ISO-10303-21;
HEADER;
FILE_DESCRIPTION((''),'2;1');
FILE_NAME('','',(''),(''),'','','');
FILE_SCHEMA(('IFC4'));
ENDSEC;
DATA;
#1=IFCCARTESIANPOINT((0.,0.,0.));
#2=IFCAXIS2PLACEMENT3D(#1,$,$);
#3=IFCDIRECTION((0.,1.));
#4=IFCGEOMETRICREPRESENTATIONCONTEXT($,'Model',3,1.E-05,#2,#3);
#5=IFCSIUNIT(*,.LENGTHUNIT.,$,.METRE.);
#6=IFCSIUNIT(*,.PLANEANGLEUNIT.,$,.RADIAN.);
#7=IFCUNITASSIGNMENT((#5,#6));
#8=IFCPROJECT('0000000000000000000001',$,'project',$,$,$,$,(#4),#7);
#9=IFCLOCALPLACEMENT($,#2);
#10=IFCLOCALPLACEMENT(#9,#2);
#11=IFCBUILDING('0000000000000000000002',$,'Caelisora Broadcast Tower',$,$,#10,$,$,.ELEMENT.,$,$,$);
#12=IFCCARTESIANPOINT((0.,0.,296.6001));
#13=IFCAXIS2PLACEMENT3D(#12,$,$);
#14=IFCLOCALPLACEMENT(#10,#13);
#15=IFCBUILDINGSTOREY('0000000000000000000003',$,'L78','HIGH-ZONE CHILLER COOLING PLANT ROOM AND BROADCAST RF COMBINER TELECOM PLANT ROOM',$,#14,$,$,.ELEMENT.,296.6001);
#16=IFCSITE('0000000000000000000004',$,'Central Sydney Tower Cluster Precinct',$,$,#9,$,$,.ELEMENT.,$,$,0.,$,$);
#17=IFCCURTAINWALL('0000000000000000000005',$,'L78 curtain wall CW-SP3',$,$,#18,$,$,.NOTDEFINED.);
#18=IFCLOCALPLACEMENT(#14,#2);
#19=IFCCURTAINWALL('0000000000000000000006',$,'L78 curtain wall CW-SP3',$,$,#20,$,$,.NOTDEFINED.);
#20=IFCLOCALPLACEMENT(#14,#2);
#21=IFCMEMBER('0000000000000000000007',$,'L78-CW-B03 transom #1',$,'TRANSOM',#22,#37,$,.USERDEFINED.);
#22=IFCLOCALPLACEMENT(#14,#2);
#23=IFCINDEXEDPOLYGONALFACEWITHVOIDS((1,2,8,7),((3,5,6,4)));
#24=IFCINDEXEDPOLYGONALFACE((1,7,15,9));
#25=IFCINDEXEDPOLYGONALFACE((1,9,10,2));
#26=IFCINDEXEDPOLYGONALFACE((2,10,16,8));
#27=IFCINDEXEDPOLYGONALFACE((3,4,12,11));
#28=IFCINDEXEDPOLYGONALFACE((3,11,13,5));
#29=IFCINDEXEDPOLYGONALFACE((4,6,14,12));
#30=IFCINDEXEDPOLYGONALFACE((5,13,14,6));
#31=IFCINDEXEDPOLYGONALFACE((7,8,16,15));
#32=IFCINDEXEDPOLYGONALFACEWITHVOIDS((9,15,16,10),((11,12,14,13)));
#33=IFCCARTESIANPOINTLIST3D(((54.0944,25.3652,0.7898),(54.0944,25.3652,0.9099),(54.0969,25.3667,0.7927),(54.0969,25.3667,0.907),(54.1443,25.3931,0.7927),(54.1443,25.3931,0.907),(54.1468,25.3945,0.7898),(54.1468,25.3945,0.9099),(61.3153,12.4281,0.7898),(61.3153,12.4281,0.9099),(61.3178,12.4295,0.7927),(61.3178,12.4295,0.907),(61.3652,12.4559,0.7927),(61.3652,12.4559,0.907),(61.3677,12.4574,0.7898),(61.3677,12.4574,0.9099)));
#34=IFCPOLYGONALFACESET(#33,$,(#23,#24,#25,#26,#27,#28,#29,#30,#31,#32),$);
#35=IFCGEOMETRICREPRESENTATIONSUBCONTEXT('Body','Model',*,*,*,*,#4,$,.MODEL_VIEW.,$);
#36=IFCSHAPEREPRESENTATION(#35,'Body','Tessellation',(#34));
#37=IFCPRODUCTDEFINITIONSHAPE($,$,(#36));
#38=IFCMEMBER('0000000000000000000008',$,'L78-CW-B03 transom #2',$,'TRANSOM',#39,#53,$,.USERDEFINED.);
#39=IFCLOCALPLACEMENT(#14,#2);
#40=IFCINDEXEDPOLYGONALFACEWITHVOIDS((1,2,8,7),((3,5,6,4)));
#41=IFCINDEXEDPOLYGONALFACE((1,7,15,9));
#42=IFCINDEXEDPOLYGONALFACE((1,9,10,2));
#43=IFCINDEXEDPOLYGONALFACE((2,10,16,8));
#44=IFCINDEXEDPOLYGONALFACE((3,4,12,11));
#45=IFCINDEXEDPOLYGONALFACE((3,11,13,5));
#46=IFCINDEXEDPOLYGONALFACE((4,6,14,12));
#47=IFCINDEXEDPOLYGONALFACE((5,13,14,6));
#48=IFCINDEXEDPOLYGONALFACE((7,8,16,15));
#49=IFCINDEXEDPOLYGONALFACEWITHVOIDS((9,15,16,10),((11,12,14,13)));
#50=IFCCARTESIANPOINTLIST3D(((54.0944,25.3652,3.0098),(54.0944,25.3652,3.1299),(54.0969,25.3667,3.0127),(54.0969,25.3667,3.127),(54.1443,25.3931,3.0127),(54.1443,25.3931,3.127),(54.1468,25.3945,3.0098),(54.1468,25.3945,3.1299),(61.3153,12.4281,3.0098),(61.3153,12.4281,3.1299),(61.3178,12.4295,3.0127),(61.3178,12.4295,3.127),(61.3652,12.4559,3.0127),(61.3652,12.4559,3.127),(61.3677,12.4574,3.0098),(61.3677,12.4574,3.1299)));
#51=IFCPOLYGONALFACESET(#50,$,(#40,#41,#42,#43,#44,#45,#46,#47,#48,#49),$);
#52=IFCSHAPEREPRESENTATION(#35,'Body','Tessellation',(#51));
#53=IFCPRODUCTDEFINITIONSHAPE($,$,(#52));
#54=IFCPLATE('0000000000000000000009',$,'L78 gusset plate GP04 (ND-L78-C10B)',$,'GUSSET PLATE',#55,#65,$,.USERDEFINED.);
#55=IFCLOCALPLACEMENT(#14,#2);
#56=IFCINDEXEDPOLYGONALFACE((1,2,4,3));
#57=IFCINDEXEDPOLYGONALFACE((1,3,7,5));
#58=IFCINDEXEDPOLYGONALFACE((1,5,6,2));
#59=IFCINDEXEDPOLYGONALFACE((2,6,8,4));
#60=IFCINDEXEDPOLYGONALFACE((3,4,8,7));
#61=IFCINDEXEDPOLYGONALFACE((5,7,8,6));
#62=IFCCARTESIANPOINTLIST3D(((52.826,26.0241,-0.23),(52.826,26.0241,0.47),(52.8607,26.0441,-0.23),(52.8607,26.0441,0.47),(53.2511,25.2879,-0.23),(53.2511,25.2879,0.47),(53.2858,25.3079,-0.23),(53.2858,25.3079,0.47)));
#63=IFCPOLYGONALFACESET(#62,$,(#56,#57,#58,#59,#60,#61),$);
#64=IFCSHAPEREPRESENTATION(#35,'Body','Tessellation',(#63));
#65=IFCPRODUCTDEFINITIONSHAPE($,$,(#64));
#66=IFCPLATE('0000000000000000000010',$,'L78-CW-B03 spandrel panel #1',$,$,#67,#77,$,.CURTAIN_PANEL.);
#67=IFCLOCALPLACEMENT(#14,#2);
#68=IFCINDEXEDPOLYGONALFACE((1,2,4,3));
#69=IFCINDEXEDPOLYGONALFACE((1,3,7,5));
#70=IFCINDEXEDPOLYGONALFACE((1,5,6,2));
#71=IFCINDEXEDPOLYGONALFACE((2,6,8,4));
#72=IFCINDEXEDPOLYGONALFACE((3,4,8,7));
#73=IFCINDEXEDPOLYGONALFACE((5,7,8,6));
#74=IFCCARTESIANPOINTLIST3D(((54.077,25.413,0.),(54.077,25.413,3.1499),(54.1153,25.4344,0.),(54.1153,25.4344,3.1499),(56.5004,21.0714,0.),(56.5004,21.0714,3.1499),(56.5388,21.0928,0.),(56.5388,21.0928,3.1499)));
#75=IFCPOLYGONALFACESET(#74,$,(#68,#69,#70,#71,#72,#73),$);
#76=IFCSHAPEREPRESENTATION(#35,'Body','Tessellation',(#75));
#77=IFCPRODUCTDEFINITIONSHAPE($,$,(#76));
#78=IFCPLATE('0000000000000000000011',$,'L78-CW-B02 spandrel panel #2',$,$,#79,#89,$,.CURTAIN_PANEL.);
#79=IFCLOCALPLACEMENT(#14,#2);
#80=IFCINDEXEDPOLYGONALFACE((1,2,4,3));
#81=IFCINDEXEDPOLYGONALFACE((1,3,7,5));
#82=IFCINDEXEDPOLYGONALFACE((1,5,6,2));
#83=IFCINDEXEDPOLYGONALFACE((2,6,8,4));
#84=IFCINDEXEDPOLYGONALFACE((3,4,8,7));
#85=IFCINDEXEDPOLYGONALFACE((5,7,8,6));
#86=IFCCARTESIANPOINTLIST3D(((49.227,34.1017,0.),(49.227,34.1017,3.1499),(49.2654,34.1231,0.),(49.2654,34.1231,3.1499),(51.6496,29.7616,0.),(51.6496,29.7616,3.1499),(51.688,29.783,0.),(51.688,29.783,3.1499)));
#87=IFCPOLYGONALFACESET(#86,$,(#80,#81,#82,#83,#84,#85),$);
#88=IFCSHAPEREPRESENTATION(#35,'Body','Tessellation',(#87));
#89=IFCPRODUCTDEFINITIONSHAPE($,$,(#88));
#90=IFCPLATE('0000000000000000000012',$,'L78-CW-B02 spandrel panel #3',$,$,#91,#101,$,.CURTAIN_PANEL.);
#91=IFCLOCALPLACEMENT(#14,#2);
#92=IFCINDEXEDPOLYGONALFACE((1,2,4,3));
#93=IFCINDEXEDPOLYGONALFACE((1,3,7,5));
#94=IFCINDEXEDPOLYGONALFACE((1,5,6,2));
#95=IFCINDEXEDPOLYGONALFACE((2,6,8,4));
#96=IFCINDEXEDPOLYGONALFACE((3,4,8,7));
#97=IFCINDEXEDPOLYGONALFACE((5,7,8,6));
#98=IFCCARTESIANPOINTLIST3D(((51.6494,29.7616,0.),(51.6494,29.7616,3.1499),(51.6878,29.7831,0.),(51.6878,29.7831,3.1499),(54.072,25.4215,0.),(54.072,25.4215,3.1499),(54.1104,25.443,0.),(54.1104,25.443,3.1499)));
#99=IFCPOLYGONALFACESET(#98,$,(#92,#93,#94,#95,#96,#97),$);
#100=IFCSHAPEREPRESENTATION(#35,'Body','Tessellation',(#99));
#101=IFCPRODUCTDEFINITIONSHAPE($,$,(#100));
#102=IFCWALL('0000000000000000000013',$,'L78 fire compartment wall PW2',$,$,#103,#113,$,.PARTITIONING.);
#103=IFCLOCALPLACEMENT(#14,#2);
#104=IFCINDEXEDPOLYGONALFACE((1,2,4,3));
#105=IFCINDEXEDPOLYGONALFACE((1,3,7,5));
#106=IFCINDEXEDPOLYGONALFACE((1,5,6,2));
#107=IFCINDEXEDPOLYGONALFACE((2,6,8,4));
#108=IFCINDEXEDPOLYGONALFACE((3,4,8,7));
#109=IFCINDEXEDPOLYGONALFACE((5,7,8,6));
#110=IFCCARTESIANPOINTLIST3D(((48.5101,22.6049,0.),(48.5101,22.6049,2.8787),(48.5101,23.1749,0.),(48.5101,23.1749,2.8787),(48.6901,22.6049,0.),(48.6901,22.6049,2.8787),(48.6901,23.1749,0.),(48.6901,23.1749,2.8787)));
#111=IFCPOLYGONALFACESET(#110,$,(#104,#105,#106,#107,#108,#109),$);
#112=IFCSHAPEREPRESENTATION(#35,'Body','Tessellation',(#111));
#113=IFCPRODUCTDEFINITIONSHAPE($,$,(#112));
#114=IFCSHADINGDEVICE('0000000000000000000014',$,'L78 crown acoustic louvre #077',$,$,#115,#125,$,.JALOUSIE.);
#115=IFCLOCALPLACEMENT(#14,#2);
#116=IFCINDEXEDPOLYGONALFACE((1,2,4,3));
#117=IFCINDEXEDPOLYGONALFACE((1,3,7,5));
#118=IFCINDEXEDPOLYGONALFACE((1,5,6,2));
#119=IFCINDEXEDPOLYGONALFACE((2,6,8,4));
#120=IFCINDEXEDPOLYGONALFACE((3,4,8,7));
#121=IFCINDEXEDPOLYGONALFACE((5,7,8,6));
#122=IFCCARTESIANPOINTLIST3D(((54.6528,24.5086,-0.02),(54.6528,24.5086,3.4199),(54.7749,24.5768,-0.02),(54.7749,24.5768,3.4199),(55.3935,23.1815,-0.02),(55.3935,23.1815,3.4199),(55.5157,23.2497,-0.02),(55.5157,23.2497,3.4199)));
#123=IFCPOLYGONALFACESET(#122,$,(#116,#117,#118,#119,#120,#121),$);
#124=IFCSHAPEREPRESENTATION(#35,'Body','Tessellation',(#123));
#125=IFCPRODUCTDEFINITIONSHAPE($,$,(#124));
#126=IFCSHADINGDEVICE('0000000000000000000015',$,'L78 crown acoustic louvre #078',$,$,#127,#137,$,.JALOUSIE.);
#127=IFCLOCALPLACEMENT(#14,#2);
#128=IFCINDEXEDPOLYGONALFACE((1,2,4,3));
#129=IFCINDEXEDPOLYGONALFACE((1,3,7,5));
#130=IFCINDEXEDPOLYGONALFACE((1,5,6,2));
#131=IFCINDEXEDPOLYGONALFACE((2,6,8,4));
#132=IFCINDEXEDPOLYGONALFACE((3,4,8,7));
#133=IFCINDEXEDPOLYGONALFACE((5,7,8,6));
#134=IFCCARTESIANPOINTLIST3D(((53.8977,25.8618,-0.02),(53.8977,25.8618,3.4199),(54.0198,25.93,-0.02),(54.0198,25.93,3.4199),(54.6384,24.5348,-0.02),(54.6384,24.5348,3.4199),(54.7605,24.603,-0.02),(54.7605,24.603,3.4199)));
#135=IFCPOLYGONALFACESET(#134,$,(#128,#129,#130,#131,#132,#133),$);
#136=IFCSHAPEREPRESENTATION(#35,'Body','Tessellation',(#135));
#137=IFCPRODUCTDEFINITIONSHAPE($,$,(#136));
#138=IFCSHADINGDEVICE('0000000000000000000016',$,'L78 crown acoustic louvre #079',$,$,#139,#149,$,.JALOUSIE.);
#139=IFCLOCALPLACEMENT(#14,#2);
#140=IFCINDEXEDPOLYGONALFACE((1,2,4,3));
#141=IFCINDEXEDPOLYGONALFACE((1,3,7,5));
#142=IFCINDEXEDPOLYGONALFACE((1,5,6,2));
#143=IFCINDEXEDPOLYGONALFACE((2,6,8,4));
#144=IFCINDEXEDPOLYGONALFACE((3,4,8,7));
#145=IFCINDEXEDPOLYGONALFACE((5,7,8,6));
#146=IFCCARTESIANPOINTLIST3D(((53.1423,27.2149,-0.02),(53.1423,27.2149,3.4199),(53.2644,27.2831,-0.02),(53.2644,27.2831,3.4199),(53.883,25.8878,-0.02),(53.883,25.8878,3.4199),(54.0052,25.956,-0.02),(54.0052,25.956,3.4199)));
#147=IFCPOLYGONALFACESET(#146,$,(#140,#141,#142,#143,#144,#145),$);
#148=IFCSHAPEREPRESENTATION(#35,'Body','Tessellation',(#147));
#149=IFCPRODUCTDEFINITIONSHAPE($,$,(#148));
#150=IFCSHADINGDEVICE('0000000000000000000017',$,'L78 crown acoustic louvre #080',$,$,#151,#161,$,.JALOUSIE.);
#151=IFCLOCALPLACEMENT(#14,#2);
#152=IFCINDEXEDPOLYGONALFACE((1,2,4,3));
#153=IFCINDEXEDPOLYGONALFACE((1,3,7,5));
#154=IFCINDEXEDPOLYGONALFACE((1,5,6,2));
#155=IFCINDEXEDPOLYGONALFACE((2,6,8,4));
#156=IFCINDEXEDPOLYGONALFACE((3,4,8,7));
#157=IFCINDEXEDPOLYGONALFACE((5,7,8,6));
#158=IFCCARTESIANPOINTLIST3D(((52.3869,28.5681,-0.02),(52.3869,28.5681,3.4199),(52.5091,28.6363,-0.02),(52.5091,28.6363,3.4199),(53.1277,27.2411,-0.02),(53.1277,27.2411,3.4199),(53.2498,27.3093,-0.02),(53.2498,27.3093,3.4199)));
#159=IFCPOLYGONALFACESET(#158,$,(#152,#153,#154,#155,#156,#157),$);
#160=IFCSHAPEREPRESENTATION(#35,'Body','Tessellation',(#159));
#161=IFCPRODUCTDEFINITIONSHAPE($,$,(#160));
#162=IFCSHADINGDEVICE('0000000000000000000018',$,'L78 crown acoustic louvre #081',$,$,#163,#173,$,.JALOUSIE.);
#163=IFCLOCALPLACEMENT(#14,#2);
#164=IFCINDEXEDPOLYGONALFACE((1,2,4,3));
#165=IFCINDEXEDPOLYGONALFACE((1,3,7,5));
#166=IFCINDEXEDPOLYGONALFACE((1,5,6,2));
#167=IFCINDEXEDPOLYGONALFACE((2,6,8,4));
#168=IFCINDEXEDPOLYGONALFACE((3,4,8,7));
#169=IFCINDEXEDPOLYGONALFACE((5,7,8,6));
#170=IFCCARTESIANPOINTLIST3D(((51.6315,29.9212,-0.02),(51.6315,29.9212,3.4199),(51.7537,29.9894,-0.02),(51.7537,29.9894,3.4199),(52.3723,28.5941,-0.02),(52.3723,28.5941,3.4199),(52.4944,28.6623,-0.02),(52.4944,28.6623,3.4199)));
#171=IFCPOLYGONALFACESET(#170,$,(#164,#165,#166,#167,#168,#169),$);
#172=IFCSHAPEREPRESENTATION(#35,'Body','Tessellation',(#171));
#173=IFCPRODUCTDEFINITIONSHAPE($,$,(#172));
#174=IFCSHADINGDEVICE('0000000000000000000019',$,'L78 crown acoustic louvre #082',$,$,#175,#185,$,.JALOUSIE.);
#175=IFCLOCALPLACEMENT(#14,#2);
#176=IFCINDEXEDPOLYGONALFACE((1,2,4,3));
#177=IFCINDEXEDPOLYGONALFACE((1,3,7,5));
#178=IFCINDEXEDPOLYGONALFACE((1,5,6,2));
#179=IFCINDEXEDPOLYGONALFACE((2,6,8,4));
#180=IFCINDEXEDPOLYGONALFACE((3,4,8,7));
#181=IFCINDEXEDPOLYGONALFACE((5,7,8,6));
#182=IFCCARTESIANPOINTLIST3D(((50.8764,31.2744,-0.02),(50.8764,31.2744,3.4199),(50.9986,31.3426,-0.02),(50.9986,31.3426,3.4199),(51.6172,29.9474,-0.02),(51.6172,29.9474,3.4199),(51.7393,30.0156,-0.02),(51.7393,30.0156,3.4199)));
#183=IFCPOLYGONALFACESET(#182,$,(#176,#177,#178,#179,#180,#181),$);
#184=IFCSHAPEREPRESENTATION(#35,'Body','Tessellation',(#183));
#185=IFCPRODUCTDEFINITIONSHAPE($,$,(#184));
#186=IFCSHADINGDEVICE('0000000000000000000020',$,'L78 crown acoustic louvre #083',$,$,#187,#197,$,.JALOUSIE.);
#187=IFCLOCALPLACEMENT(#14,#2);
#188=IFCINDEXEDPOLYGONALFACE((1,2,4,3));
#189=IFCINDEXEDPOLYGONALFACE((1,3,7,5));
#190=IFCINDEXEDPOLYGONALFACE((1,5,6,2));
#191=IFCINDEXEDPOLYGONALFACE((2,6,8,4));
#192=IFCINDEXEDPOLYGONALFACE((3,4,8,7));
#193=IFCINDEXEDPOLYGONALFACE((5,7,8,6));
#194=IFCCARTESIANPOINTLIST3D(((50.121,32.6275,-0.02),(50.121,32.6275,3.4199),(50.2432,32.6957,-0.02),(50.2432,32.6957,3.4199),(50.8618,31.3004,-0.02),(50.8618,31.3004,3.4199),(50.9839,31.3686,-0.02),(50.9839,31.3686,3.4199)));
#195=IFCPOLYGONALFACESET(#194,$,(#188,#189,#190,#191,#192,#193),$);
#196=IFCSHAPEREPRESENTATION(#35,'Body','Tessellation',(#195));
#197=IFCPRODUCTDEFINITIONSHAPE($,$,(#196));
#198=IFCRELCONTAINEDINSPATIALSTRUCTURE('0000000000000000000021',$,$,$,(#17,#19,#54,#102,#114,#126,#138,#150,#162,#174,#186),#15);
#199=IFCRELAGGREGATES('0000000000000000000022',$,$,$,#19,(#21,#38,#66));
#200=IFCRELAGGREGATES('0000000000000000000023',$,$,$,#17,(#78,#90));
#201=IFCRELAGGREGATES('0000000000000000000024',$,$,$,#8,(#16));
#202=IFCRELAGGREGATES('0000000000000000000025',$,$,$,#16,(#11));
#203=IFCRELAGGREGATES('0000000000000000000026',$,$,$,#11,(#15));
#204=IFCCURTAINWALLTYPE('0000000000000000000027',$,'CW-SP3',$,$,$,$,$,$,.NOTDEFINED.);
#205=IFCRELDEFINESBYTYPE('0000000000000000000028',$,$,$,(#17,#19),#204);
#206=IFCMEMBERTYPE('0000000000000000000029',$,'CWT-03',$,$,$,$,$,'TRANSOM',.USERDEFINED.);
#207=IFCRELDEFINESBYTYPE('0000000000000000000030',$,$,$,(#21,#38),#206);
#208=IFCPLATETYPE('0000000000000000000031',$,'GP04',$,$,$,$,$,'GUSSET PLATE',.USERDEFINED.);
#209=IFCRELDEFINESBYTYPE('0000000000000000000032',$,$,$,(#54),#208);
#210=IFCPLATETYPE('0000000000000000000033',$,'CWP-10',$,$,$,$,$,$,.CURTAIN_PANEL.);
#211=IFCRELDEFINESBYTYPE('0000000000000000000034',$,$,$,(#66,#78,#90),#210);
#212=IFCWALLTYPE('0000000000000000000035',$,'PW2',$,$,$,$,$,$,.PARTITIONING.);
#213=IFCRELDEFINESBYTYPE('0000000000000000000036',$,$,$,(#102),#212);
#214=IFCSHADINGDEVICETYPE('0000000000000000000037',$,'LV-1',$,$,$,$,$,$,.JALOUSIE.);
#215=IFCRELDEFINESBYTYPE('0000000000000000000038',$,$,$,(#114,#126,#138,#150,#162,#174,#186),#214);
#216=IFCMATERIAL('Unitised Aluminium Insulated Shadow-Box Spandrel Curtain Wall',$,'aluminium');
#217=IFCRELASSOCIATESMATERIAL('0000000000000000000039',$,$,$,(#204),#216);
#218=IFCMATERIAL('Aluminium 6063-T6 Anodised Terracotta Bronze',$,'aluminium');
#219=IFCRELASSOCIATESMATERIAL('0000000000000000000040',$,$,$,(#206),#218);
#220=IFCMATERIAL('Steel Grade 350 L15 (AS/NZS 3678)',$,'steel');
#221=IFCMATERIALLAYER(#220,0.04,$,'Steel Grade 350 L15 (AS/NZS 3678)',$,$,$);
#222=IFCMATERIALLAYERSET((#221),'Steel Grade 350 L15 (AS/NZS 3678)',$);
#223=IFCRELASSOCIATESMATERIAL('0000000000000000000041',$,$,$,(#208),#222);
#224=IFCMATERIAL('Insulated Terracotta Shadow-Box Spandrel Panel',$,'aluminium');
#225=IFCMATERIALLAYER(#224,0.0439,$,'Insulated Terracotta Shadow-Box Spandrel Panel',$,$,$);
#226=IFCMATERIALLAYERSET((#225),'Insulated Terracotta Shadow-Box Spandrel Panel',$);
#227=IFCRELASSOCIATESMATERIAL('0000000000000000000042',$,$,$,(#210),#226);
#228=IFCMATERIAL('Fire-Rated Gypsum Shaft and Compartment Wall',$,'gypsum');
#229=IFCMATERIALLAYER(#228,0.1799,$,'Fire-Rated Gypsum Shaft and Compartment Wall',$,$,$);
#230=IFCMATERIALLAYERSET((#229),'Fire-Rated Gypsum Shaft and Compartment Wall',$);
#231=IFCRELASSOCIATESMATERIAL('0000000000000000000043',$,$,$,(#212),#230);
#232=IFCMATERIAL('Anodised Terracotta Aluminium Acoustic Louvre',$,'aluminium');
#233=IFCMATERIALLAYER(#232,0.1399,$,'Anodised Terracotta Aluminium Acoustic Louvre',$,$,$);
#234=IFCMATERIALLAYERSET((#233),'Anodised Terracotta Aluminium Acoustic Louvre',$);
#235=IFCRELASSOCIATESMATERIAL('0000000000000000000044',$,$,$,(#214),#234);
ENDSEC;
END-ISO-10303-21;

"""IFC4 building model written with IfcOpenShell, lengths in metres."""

from ifc_helpers import new_model, si_unit, direction, frame, frame_2d, origin, origin_2d, place, context, subcontext, project, spatial, rectangle, hollow_rectangle, extrude, source, transform, mapped, material, layer, layer_set, material_profile, profile_set, type_object, type_shapes, element, aggregate, save


model = new_model("IFC4")

# Units and contexts
model_context = context("Model", 3, precision=1e-05, world=origin(), true_north=direction((0.0, 1.0)))
body_context = subcontext(model_context, "Body", "Model", "MODEL_VIEW")
ifc_project = project(units=[si_unit("LENGTHUNIT", "METRE"), si_unit("PLANEANGLEUNIT", "RADIAN")], contexts=[model_context])

# Site, building, storey
site_placement = place(None, origin())
site = spatial("IfcSite", under=ifc_project, at=site_placement, Name="Central Sydney Tower Cluster Precinct", CompositionType="ELEMENT", RefElevation=0.0)
building_placement = place(site_placement, origin())
building = spatial("IfcBuilding", under=site, at=building_placement, Name="Caelisora Broadcast Tower", CompositionType="ELEMENT")
storey_placement = place(building_placement, frame((0.0, 0.0, 296.6001)))
storey = spatial("IfcBuildingStorey", under=building, at=storey_placement, Name="L78", Description="HIGH-ZONE CHILLER COOLING PLANT ROOM AND BROADCAST RF COMBINER TELECOM PLANT ROOM", CompositionType="ELEMENT", Elevation=296.6001)

# Curtain walls, members
ifc_material_1 = material(Name="Unitised Aluminium Insulated Shadow-Box Spandrel Curtain Wall", Category="aluminium")
curtain_wall_type = type_object("IfcCurtainWallType", Name="CW-SP3", PredefinedType="NOTDEFINED", material=ifc_material_1)
curtain_wall_1_placement = place(storey_placement, origin())
curtain_wall_1 = element("IfcCurtainWall", 1, at=curtain_wall_1_placement, inside=storey, type_object=curtain_wall_type, Name="L78 curtain wall CW-SP3", PredefinedType="NOTDEFINED")
ifc_material_2 = material(Name="Aluminium 6063-T6 Anodised Terracotta Bronze", Category="aluminium")
curtain_wall_2_placement = place(storey_placement, origin())
curtain_wall_2 = element("IfcCurtainWall", 2, at=curtain_wall_2_placement, inside=storey, type_object=curtain_wall_type, Name="L78 curtain wall CW-SP3", PredefinedType="NOTDEFINED")
ifc_material_profile_1 = material_profile(ifc_material_2, hollow_rectangle(XDim=0.0601, YDim=0.1201, WallThickness=0.0029, at=origin_2d()), Name="Aluminium 6063-T6 Anodised Terracotta Bronze")
ifc_profile_set_1 = profile_set([ifc_material_profile_1], Name="Aluminium 6063-T6 Anodised Terracotta Bronze")
member_type_1 = type_object("IfcMemberType", Name="CWT-03", ElementType="TRANSOM", PredefinedType="USERDEFINED", material=ifc_profile_set_1)
shared_shape_1 = source(origin(), body_context, "Body", "SweptSolid", [
    extrude(hollow_rectangle(XDim=0.0601, YDim=0.1201, WallThickness=0.0029, at=origin_2d()), origin(), (0.0, 0.0, 1.0), 14.8159),
])
type_shapes(member_type_1, [shared_shape_1])
member_1_placement = place(storey_placement, frame((54.1206, 25.3799, 0.8499), z_axis=(0.487374, -0.873193, 0.0), x_axis=(0.873193, 0.487374, 0.0)))
member_1 = element("IfcMember", 3, at=member_1_placement, type_object=member_type_1, Name="L78-CW-B03 transom #1", ObjectType="TRANSOM", PredefinedType="USERDEFINED", context=body_context, shape_type="MappedRepresentation", body=[
    mapped(shared_shape_1, transform((0.0, 0.0, 0.0), scale=1.0)),
])
member_2_placement = place(storey_placement, frame((54.1206, 25.3799, 3.0698), z_axis=(0.487374, -0.873193, 0.0), x_axis=(0.873193, 0.487374, 0.0)))
member_2 = element("IfcMember", 4, at=member_2_placement, type_object=member_type_1, Name="L78-CW-B03 transom #2", ObjectType="TRANSOM", PredefinedType="USERDEFINED", context=body_context, shape_type="MappedRepresentation", body=[
    mapped(shared_shape_1, transform((0.0, 0.0, 0.0), scale=1.0)),
])

# Plates
ifc_material_3 = material(Name="Steel Grade 350 L15 (AS/NZS 3678)", Category="steel")
ifc_layer_1 = layer(ifc_material_3, 0.04, Name="Steel Grade 350 L15 (AS/NZS 3678)")
ifc_layer_set_1 = layer_set([ifc_layer_1], Name="Steel Grade 350 L15 (AS/NZS 3678)")
plate_type_1 = type_object("IfcPlateType", Name="GP04", ElementType="GUSSET PLATE", PredefinedType="USERDEFINED", material=ifc_layer_set_1)
shared_shape_2 = source(origin(), body_context, "Body", "SweptSolid", [
    extrude(rectangle(XDim=0.8501, YDim=0.04, at=origin_2d()), origin(), (0.0, 0.0, 1.0), 0.7),
])
type_shapes(plate_type_1, [shared_shape_2])
plate_1_placement = place(storey_placement, frame((53.0559, 25.666, -0.23), z_axis=(0.0, 0.0, 1.0), x_axis=(-0.5, 0.866025, 0.0)))
element("IfcPlate", 5, at=plate_1_placement, inside=storey, type_object=plate_type_1, Name="L78 gusset plate GP04 (ND-L78-C10B)", ObjectType="GUSSET PLATE", PredefinedType="USERDEFINED", context=body_context, shape_type="MappedRepresentation", body=[
    mapped(shared_shape_2, transform((0.0, 0.0, 0.0), scale=1.0)),
])
ifc_material_4 = material(Name="Insulated Terracotta Shadow-Box Spandrel Panel", Category="aluminium")
ifc_layer_2 = layer(ifc_material_4, 0.0439, Name="Insulated Terracotta Shadow-Box Spandrel Panel")
ifc_layer_set_2 = layer_set([ifc_layer_2], Name="Insulated Terracotta Shadow-Box Spandrel Panel")
plate_type_2 = type_object("IfcPlateType", Name="CWP-10", PredefinedType="CURTAIN_PANEL", material=ifc_layer_set_2)
shared_shape_3 = source(origin(), body_context, "Body", "SweptSolid", [
    extrude(rectangle(XDim=4.9722, YDim=0.0439, at=origin_2d()), origin(), (0.0, 0.0, 1.0), 3.1499),
])
plate_2_placement = place(storey_placement, frame((55.3079, 23.2529, 0.0), z_axis=(0.0, 0.0, 1.0), x_axis=(0.487403, -0.873177, 0.0)))
plate_2 = element("IfcPlate", 6, at=plate_2_placement, type_object=plate_type_2, Name="L78-CW-B03 spandrel panel #1", PredefinedType="CURTAIN_PANEL", context=body_context, shape_type="MappedRepresentation", body=[
    mapped(shared_shape_3, transform((0.0, 0.0, 0.0), scale=1.0)),
])
aggregate(curtain_wall_2, [member_1, member_2, plate_2])
shared_shape_4 = source(origin(), body_context, "Body", "SweptSolid", [
    extrude(rectangle(XDim=4.9705, YDim=0.0439, at=origin_2d()), origin(), (0.0, 0.0, 1.0), 3.1499),
])
type_shapes(plate_type_2, [shared_shape_3, shared_shape_4])
plate_3_placement = place(storey_placement, frame((50.4575, 31.9424, 0.0), z_axis=(0.0, 0.0, 1.0), x_axis=(0.487403, -0.873177, 0.0)))
plate_3 = element("IfcPlate", 7, at=plate_3_placement, type_object=plate_type_2, Name="L78-CW-B02 spandrel panel #2", PredefinedType="CURTAIN_PANEL", context=body_context, shape_type="MappedRepresentation", body=[
    mapped(shared_shape_4, transform((0.0, 0.0, 0.0), scale=1.0)),
])
plate_4_placement = place(storey_placement, frame((52.8799, 27.6023, 0.0), z_axis=(0.0, 0.0, 1.0), x_axis=(0.487403, -0.873177, 0.0)))
plate_4 = element("IfcPlate", 8, at=plate_4_placement, type_object=plate_type_2, Name="L78-CW-B02 spandrel panel #3", PredefinedType="CURTAIN_PANEL", context=body_context, shape_type="MappedRepresentation", body=[
    mapped(shared_shape_4, transform((0.0, 0.0, 0.0), scale=1.0)),
])
aggregate(curtain_wall_1, [plate_3, plate_4])

# Shared definitions
ifc_material_5 = material(Name="Fire-Rated Gypsum Shaft and Compartment Wall", Category="gypsum")
ifc_layer_3 = layer(ifc_material_5, 0.1799, Name="Fire-Rated Gypsum Shaft and Compartment Wall")
ifc_layer_set_3 = layer_set([ifc_layer_3], Name="Fire-Rated Gypsum Shaft and Compartment Wall")
wall_type = type_object("IfcWallType", Name="PW2", PredefinedType="PARTITIONING", material=ifc_layer_set_3)

# Wall
wall_1_placement = place(storey_placement, frame((48.6001, 23.175, 0.0), z_axis=(0.0, 0.0, 1.0), x_axis=(0.0, -1.0, 0.0)))
element("IfcWall", 9, at=wall_1_placement, inside=storey, type_object=wall_type, Name="L78 fire compartment wall PW2", PredefinedType="PARTITIONING", context=body_context, shape_type="SweptSolid", body=[
    extrude(rectangle(XDim=0.5701, YDim=0.1799, at=frame_2d((0.2852, 0.0))), origin(), (0.0, 0.0, 1.0), 2.8787),
])

# Shading devices
ifc_material_6 = material(Name="Anodised Terracotta Aluminium Acoustic Louvre", Category="aluminium")
ifc_layer_4 = layer(ifc_material_6, 0.1399, Name="Anodised Terracotta Aluminium Acoustic Louvre")
ifc_layer_set_4 = layer_set([ifc_layer_4], Name="Anodised Terracotta Aluminium Acoustic Louvre")
shading_device_type = type_object("IfcShadingDeviceType", Name="LV-1", PredefinedType="JALOUSIE", material=ifc_layer_set_4)
shared_shape_5 = source(origin(), body_context, "Body", "SweptSolid", [
    extrude(rectangle(XDim=1.5198, YDim=0.1399, at=origin_2d()), origin(), (0.0, 0.0, 1.0), 3.4399),
])
type_shapes(shading_device_type, [shared_shape_5])
for number, where, z_axis, x_axis, name in (
    (10, (55.0842, 23.8792, -0.02), (0.0, 0.0, 1.0), (-0.487403, 0.873177, 0.0), "L78 crown acoustic louvre #077"),
    (11, (54.3291, 25.2324, -0.02), (0.0, 0.0, 1.0), (-0.487403, 0.873177, 0.0), "L78 crown acoustic louvre #078"),
    (12, (53.5737, 26.5854, -0.02), (0.0, 0.0, 1.0), (-0.487403, 0.873177, 0.0), "L78 crown acoustic louvre #079"),
    (13, (52.8184, 27.9387, -0.02), (0.0, 0.0, 1.0), (-0.487403, 0.873177, 0.0), "L78 crown acoustic louvre #080"),
    (14, (52.063, 29.2917, -0.02), (0.0, 0.0, 1.0), (-0.487403, 0.873177, 0.0), "L78 crown acoustic louvre #081"),
    (15, (51.3079, 30.645, -0.02), (0.0, 0.0, 1.0), (-0.487403, 0.873177, 0.0), "L78 crown acoustic louvre #082"),
    (16, (50.5525, 31.998, -0.02), (0.0, 0.0, 1.0), (-0.487403, 0.873177, 0.0), "L78 crown acoustic louvre #083"),
):
    element("IfcShadingDevice", number, at=place(storey_placement, frame(where, z_axis=z_axis, x_axis=x_axis)), inside=storey, type_object=shading_device_type, Name=name, PredefinedType="JALOUSIE", context=body_context, shape_type="MappedRepresentation", body=[
        mapped(shared_shape_5, transform((0.0, 0.0, 0.0), scale=1.0)),
    ])

save(model, "model.ifc")
